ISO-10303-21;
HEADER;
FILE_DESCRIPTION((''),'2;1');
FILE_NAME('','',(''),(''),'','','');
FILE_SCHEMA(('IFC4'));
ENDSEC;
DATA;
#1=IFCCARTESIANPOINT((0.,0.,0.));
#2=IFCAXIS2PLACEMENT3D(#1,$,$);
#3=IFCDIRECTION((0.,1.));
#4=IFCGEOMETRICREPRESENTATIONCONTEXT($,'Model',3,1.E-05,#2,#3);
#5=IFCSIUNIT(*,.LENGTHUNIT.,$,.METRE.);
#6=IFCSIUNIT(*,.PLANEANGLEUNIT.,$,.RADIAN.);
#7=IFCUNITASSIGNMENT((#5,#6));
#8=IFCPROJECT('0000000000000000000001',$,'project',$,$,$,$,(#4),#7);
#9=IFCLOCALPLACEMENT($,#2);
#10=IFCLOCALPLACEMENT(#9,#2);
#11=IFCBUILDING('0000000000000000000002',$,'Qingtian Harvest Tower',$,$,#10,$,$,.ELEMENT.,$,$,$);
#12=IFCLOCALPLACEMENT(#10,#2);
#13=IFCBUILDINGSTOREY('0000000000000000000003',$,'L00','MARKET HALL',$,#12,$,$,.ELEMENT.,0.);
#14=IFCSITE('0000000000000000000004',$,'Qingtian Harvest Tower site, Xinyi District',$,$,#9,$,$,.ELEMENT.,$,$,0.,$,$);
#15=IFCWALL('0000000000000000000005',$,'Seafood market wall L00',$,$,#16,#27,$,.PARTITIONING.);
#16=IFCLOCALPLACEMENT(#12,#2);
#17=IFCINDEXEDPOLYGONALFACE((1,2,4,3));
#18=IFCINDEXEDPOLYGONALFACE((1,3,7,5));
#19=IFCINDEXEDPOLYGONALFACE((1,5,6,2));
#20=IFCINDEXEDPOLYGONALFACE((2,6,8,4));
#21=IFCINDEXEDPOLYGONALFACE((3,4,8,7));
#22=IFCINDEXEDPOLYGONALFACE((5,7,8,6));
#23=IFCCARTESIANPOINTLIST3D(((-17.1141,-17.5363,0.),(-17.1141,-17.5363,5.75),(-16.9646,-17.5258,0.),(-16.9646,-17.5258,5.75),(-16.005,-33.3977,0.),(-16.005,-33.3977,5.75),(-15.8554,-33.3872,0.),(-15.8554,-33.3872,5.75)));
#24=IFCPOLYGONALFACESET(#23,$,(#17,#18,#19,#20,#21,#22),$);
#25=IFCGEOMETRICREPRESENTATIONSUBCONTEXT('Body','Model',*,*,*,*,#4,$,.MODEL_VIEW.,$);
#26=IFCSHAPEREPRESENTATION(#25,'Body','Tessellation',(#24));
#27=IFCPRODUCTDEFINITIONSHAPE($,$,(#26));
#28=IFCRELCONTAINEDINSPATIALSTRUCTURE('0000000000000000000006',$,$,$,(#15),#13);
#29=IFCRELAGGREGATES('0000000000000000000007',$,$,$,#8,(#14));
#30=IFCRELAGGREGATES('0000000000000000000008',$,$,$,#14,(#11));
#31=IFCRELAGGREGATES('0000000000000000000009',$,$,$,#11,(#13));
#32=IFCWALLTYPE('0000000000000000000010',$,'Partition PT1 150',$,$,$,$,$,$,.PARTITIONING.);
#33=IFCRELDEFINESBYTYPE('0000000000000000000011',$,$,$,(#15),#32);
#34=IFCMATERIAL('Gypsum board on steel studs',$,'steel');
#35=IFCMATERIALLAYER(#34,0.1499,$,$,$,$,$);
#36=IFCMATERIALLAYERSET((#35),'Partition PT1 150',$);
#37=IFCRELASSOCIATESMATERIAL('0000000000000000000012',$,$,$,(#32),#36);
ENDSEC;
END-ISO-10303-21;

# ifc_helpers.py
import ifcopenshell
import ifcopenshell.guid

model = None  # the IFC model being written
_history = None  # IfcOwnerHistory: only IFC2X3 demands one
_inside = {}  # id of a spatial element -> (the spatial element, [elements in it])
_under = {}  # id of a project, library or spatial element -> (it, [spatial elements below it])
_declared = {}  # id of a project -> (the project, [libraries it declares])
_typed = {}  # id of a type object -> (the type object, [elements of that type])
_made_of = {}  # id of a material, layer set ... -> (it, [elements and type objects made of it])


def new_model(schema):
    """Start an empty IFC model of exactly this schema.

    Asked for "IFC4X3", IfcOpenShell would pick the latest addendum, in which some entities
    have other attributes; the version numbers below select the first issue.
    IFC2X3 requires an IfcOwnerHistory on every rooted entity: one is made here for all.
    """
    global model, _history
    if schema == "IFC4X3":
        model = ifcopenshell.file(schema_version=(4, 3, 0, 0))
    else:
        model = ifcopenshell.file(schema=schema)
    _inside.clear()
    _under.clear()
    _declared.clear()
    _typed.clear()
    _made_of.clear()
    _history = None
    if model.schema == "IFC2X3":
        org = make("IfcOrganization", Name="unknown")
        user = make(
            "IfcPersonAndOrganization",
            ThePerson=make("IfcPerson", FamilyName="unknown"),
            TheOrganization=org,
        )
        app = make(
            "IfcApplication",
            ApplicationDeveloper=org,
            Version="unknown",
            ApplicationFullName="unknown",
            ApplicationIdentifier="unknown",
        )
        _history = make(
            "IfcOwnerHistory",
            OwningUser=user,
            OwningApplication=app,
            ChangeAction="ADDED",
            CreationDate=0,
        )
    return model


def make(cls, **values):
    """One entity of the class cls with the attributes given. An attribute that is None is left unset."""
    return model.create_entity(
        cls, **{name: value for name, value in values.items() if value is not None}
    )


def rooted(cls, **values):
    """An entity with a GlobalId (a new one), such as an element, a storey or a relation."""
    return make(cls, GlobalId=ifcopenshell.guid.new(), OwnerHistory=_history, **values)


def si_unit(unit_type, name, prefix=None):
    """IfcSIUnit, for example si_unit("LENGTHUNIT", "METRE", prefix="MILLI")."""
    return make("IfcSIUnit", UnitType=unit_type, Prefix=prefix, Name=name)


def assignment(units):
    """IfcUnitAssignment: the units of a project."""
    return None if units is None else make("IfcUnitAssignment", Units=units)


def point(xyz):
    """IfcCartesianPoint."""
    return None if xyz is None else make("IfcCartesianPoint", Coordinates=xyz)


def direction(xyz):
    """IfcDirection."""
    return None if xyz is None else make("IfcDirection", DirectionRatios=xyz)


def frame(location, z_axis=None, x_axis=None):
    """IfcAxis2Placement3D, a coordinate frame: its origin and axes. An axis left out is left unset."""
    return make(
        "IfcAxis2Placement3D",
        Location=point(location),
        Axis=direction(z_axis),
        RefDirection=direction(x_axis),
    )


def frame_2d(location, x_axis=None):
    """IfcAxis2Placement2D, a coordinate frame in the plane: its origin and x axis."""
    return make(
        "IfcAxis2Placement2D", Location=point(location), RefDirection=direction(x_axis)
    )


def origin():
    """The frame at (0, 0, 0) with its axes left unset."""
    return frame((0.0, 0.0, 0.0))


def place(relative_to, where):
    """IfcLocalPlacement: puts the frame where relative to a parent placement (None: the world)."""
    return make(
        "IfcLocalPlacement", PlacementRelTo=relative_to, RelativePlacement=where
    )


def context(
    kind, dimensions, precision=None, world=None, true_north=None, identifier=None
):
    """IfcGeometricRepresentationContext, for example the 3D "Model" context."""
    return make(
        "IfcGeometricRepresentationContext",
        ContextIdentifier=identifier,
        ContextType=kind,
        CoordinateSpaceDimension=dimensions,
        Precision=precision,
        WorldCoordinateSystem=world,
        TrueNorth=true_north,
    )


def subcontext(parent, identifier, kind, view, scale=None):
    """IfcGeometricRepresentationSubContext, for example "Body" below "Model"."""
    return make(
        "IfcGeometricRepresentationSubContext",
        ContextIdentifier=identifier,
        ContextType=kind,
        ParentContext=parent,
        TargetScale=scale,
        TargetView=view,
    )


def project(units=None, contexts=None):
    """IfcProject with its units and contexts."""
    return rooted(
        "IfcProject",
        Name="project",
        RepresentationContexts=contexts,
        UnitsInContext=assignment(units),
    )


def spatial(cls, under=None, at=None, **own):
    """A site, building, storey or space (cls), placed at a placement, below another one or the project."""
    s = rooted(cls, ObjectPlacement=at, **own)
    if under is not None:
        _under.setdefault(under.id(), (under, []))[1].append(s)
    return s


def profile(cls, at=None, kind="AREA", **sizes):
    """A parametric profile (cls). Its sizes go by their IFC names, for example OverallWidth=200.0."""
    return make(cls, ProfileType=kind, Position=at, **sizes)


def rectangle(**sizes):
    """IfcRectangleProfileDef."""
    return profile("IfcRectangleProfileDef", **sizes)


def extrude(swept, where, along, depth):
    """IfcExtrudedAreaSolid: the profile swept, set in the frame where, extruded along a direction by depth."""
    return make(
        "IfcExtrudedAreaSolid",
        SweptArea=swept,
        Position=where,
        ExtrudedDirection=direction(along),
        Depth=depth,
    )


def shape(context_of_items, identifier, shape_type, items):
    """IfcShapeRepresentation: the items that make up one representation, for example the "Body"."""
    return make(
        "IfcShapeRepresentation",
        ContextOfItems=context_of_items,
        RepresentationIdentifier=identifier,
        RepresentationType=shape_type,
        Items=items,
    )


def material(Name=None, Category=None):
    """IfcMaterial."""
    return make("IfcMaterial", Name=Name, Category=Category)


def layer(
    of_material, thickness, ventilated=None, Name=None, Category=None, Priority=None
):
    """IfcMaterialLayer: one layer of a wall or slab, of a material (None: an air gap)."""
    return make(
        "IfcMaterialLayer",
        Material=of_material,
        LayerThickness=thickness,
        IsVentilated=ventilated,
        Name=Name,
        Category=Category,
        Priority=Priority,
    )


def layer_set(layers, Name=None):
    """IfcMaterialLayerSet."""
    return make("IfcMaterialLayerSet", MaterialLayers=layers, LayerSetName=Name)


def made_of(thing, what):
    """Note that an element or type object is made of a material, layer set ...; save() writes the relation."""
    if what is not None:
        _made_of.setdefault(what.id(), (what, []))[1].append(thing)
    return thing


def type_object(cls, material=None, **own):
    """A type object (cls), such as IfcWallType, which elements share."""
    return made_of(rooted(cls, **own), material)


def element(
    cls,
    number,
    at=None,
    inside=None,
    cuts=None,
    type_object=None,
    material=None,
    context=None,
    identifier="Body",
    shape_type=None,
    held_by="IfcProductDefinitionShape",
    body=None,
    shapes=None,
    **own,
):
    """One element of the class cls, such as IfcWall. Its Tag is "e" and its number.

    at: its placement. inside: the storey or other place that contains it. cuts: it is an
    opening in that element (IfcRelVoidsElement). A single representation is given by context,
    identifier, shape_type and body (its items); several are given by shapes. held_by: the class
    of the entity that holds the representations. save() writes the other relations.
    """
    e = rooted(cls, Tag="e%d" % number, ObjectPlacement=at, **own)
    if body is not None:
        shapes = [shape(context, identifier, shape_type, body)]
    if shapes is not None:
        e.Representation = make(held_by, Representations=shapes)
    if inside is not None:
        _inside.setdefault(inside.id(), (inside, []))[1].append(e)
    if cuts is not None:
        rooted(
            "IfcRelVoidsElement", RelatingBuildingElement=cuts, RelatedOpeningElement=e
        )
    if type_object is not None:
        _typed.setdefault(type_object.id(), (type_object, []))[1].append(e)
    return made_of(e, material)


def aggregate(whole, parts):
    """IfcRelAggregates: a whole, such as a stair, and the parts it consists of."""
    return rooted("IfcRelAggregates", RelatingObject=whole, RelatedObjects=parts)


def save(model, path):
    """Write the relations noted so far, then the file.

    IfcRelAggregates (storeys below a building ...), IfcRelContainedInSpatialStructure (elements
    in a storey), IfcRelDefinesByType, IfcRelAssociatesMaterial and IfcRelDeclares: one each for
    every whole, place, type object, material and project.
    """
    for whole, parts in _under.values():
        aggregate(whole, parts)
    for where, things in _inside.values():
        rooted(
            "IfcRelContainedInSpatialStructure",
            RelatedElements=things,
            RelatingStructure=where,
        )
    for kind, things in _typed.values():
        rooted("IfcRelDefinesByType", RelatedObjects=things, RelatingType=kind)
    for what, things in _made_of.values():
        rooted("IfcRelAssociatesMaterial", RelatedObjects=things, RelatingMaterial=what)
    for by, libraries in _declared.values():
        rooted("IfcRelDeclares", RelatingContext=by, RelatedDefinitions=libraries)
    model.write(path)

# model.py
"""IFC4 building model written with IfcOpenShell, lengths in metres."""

from ifc_helpers import new_model, si_unit, direction, frame, frame_2d, origin, place, context, subcontext, project, spatial, rectangle, extrude, material, layer, layer_set, type_object, element, save


model = new_model("IFC4")

# Units and contexts
model_context = context("Model", 3, precision=1e-05, world=origin(), true_north=direction((0.0, 1.0)))
body_context = subcontext(model_context, "Body", "Model", "MODEL_VIEW")
ifc_project = project(units=[si_unit("LENGTHUNIT", "METRE"), si_unit("PLANEANGLEUNIT", "RADIAN")], contexts=[model_context])

# Site, building, storey
site_placement = place(None, origin())
site = spatial("IfcSite", under=ifc_project, at=site_placement, Name="Qingtian Harvest Tower site, Xinyi District", CompositionType="ELEMENT", RefElevation=0.0)
building_placement = place(site_placement, origin())
building = spatial("IfcBuilding", under=site, at=building_placement, Name="Qingtian Harvest Tower", CompositionType="ELEMENT")
storey_placement = place(building_placement, origin())
storey = spatial("IfcBuildingStorey", under=building, at=storey_placement, Name="L00", Description="MARKET HALL", CompositionType="ELEMENT", Elevation=0.0)

# Shared definitions
ifc_material_1 = material(Name="Gypsum board on steel studs", Category="steel")
ifc_layer_1 = layer(ifc_material_1, 0.1499)
ifc_layer_set_1 = layer_set([ifc_layer_1], Name="Partition PT1 150")
wall_type = type_object("IfcWallType", Name="Partition PT1 150", PredefinedType="PARTITIONING", material=ifc_layer_set_1)

# Wall
wall_1_placement = place(storey_placement, frame((-15.9302, -33.3926, 0.0), z_axis=(0.0, 0.0, 1.0), x_axis=(-0.069756, 0.997564, 0.0)))
element("IfcWall", 1, at=wall_1_placement, inside=storey, type_object=wall_type, Name="Seafood market wall L00", PredefinedType="PARTITIONING", context=body_context, shape_type="SweptSolid", body=[
    extrude(rectangle(XDim=15.9001, YDim=0.1499, at=frame_2d((7.9502, 0.0))), origin(), (0.0, 0.0, 1.0), 5.75),
])

save(model, "model.ifc")
